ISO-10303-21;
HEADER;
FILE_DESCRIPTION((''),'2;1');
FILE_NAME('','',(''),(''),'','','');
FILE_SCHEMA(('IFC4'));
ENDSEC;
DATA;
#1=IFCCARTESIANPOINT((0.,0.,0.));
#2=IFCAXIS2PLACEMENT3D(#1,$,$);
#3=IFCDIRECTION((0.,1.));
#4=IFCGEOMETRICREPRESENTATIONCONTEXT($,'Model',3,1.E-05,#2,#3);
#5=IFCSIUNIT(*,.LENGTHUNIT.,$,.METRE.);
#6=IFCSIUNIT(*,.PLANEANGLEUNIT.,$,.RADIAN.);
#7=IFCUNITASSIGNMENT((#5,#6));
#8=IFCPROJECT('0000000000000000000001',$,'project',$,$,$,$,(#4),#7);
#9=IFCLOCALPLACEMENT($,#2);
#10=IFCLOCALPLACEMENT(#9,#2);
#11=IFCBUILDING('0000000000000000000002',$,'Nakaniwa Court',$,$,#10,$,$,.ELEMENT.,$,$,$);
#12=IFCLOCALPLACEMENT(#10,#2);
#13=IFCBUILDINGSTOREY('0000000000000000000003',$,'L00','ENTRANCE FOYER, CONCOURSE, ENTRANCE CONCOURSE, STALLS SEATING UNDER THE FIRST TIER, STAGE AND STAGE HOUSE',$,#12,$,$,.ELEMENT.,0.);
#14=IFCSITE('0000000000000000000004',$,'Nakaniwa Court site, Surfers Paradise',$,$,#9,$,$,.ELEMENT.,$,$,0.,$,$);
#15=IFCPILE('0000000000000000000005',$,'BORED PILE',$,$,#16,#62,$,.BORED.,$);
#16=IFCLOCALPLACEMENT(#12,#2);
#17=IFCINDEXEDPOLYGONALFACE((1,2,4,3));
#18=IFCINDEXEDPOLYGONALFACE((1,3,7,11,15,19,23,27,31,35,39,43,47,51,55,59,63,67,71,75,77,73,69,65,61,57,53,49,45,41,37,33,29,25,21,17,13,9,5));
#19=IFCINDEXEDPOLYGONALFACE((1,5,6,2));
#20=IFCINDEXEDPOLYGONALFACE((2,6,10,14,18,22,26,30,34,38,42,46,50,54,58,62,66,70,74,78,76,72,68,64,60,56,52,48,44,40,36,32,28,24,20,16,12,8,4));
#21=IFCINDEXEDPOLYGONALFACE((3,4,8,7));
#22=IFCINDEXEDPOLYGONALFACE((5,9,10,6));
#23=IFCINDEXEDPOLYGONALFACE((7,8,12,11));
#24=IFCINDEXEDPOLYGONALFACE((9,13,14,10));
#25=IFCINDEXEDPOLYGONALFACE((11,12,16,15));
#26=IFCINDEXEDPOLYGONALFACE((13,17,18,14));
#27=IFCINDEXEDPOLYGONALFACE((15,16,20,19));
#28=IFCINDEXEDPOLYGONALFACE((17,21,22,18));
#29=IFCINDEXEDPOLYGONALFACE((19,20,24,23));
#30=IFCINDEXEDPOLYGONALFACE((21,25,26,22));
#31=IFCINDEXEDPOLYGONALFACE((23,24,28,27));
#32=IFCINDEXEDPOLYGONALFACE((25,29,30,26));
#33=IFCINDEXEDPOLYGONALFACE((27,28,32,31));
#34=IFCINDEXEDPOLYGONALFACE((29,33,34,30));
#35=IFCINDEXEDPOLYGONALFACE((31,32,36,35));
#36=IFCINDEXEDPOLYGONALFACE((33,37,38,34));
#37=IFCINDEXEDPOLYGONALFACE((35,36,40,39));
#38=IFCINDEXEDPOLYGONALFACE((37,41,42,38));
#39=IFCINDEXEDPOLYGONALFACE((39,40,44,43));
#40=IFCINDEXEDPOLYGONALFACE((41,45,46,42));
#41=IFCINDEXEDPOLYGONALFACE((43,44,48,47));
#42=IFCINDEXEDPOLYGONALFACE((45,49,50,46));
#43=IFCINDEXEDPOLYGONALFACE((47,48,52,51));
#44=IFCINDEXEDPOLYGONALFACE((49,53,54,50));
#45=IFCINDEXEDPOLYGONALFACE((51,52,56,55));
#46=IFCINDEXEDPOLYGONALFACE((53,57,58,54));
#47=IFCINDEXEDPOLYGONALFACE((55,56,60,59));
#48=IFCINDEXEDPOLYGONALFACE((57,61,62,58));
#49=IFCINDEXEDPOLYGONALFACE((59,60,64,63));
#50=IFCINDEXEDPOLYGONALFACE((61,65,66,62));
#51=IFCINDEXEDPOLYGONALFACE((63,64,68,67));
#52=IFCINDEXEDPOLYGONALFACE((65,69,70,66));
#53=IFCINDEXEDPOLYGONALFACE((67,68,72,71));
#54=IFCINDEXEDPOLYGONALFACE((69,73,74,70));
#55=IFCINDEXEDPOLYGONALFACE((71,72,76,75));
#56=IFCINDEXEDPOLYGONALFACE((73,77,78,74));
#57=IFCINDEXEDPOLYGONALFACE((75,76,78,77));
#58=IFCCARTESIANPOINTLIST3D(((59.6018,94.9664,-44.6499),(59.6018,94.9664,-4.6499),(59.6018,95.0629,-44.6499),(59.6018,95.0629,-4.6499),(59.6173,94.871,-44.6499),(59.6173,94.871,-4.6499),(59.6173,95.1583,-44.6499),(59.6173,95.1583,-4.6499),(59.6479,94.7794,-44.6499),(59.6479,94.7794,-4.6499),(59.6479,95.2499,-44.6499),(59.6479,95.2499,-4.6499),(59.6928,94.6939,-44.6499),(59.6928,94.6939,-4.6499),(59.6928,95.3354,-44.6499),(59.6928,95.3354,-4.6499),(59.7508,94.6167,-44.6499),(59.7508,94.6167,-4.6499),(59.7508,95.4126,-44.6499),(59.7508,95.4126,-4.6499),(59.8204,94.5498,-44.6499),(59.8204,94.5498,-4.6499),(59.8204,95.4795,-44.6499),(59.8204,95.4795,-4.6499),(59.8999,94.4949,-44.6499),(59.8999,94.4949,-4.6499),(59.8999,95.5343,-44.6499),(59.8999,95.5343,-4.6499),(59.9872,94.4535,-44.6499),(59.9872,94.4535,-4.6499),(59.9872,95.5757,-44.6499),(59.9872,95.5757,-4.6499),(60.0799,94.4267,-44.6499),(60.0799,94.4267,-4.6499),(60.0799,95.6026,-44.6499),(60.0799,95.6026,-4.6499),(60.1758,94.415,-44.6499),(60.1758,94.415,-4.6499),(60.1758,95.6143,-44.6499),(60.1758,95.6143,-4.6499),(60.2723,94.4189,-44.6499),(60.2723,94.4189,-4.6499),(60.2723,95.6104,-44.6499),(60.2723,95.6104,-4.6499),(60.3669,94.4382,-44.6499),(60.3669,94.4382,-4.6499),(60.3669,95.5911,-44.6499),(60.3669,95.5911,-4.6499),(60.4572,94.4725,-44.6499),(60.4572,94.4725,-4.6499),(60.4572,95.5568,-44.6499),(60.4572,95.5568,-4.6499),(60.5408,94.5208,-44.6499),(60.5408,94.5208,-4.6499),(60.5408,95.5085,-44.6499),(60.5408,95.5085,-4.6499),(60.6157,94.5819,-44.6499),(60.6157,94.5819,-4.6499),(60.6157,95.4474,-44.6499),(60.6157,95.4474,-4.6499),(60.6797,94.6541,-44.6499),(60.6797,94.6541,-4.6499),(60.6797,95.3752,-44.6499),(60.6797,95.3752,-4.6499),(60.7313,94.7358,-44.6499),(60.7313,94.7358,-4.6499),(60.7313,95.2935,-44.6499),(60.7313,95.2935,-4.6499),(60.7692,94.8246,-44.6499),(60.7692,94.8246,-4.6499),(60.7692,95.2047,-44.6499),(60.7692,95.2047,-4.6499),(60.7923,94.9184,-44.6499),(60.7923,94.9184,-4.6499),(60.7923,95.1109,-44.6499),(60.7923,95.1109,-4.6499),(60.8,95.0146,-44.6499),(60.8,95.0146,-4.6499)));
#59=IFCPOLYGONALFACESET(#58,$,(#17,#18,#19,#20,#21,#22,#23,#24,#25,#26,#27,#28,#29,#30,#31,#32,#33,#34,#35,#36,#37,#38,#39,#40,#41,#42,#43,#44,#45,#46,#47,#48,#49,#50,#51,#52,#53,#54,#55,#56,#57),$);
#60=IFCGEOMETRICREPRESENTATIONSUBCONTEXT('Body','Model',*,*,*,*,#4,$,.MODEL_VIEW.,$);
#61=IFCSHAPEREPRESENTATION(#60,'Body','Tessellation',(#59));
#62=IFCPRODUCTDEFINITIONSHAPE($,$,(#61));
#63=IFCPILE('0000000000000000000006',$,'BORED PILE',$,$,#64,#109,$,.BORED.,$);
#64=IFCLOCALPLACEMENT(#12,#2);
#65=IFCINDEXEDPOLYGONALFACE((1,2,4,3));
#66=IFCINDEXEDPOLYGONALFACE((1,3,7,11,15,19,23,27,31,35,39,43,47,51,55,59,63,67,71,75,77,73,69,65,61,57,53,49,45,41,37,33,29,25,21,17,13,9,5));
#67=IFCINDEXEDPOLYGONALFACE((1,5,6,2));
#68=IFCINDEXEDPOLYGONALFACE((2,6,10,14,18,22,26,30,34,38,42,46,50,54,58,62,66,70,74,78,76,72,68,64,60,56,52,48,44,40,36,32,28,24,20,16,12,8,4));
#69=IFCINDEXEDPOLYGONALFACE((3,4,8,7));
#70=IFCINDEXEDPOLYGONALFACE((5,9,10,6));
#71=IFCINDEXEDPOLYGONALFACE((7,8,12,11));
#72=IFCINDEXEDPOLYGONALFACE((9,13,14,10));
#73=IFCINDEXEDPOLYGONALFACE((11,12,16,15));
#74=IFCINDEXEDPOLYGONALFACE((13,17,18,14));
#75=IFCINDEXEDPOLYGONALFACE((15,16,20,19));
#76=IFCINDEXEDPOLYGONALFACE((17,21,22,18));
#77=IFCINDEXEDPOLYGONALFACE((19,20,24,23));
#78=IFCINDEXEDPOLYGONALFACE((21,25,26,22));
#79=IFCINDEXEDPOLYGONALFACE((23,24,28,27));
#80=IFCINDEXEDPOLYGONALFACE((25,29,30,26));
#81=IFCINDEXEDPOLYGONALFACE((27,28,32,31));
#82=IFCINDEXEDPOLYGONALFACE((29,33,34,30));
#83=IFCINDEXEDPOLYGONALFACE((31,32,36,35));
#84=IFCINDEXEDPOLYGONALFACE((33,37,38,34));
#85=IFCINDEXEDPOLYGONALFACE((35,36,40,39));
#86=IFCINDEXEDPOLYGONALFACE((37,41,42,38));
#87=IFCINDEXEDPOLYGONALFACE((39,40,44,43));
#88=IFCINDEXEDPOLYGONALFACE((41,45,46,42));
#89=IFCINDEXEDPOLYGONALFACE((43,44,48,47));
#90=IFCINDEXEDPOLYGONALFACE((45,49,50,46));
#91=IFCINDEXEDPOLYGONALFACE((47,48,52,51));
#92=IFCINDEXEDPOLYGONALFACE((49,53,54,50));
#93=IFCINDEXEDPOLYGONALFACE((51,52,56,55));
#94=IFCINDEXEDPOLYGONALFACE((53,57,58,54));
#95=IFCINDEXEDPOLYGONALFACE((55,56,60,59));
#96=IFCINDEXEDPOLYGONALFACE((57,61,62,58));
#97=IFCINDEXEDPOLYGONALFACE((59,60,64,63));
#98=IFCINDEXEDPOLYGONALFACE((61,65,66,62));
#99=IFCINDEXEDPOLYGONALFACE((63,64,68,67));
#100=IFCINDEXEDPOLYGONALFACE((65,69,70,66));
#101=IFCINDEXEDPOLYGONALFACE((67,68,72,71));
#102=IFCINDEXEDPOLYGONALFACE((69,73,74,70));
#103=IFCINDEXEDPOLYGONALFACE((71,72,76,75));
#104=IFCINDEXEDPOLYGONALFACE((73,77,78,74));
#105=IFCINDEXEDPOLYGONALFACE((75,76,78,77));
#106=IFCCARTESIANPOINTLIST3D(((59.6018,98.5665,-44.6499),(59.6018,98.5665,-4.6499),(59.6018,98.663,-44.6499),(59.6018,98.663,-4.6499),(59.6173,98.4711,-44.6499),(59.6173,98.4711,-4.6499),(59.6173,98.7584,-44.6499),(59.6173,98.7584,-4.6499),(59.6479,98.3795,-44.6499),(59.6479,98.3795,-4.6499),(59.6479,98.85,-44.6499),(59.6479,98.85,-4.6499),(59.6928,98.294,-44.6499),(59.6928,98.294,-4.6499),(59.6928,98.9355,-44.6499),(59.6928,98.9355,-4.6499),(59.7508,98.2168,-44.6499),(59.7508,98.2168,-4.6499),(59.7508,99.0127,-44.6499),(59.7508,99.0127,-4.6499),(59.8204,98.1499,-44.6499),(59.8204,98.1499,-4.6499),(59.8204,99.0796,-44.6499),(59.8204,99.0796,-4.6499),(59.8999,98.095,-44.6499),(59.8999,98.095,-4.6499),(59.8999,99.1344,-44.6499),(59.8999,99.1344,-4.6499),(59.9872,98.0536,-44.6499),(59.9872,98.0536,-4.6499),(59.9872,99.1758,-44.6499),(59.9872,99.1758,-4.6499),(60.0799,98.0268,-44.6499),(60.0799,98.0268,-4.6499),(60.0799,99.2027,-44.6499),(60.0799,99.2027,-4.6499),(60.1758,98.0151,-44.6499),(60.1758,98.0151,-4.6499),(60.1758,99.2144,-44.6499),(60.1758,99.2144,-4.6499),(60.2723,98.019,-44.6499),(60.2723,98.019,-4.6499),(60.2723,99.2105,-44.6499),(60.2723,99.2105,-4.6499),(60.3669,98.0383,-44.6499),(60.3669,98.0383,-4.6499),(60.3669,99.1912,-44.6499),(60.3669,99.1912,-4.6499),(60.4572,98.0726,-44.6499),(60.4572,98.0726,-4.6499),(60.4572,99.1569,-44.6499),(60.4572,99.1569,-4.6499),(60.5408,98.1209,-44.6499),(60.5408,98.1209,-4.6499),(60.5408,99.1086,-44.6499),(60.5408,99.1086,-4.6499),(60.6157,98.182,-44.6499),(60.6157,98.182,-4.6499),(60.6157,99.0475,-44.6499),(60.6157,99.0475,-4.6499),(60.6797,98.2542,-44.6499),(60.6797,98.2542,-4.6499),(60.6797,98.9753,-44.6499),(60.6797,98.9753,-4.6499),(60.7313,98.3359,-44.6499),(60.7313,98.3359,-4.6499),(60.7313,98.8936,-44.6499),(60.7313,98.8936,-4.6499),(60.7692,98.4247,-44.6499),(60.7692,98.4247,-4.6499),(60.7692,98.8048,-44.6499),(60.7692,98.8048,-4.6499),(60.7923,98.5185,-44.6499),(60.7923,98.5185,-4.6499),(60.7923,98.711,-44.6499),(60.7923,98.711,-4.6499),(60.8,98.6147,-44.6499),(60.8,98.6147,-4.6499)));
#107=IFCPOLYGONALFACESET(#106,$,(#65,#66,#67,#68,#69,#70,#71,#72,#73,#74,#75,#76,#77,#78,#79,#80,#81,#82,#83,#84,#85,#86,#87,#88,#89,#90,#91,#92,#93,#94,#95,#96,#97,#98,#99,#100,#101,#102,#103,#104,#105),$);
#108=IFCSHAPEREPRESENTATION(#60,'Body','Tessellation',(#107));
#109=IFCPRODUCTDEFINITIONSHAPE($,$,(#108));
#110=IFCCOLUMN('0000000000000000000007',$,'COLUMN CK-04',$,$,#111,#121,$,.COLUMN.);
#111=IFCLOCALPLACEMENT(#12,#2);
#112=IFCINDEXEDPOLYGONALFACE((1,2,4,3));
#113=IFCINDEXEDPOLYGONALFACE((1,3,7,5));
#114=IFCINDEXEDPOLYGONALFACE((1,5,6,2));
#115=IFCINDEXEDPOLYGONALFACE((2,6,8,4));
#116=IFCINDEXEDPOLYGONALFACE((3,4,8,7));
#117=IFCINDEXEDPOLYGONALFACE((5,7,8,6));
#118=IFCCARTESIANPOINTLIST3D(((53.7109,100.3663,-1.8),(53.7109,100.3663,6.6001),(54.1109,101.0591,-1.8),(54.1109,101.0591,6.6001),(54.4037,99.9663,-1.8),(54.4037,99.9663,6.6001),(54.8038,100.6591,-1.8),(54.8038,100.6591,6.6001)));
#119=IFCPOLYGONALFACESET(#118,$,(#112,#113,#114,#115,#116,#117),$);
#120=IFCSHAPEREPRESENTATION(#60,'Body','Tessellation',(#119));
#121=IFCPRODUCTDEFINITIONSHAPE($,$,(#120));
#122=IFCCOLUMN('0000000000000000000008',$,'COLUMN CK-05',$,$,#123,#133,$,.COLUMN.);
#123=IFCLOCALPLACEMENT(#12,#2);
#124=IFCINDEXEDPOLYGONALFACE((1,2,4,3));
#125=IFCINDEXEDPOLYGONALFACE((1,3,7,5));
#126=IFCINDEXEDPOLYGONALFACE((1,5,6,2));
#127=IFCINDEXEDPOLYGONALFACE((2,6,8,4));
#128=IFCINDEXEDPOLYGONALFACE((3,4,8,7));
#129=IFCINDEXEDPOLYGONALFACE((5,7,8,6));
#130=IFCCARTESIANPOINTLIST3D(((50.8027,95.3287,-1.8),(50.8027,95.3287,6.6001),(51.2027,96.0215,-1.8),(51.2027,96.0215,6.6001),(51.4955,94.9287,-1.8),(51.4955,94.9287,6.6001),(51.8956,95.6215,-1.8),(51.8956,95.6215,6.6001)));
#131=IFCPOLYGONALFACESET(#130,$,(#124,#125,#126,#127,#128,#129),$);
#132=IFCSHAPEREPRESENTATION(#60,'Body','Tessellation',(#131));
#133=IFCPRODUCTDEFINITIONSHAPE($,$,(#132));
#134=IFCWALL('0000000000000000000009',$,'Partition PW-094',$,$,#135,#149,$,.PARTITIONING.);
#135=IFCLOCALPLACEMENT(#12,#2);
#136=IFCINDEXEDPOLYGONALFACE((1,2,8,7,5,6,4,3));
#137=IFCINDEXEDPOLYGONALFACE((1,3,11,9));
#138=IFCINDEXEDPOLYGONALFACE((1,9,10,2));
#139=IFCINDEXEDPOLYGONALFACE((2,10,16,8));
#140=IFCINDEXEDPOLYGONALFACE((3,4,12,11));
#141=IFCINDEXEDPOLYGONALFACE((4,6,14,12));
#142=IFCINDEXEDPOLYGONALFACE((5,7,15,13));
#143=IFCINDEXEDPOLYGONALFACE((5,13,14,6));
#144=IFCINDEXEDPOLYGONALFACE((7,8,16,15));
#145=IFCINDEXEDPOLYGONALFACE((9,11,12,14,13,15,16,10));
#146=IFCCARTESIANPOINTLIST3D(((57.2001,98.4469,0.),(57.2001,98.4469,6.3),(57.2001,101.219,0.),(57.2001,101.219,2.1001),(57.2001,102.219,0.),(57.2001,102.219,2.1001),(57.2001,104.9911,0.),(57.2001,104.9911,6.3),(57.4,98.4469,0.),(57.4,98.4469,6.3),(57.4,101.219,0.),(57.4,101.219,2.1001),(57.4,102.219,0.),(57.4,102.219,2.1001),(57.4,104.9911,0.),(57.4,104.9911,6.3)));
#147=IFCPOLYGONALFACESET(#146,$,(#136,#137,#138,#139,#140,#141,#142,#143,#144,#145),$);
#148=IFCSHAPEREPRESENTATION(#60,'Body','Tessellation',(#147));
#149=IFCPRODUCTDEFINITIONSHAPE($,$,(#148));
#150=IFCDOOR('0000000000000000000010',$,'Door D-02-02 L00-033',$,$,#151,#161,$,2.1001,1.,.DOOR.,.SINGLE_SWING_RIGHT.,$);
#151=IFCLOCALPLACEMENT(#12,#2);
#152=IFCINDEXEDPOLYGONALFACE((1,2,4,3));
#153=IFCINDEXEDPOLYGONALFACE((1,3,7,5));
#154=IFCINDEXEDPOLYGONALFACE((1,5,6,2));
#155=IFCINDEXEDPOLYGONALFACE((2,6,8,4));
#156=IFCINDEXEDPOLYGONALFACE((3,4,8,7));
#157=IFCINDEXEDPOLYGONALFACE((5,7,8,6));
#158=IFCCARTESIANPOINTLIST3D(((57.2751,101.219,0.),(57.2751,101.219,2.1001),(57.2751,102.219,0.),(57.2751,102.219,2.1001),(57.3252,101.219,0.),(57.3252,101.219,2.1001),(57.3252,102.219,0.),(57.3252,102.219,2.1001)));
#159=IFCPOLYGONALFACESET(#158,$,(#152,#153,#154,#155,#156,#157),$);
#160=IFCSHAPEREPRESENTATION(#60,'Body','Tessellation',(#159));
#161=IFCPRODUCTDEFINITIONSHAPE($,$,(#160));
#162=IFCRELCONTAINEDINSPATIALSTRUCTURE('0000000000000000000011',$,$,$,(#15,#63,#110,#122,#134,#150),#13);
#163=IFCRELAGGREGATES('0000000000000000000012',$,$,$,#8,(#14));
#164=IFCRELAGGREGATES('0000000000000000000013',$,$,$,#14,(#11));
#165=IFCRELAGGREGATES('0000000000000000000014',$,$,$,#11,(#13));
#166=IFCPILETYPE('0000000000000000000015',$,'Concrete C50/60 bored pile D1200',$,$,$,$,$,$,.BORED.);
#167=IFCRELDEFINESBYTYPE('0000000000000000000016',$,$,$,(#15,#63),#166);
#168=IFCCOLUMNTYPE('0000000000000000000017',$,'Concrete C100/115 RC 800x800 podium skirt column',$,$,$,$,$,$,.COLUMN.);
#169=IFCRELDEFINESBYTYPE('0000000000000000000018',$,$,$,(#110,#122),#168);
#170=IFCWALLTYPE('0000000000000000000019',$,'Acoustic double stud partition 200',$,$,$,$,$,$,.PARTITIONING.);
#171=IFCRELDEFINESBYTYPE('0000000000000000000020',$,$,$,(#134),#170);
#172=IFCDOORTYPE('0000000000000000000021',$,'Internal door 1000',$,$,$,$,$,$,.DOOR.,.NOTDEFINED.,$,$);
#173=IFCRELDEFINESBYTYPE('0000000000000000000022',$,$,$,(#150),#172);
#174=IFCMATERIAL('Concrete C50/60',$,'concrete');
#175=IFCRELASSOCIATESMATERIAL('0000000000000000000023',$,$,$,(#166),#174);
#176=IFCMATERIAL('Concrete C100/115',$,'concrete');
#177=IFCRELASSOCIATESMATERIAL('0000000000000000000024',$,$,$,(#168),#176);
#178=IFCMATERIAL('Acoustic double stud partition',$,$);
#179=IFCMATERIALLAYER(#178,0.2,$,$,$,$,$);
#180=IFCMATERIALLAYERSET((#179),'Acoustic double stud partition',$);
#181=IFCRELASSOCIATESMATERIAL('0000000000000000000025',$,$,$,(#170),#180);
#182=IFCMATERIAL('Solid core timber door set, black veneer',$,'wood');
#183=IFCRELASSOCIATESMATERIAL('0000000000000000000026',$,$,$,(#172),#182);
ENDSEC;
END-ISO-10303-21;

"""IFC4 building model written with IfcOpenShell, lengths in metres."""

from ifc_helpers import new_model, si_unit, direction, frame, frame_2d, origin, origin_2d, place, context, subcontext, project, spatial, rectangle, circle, extrude, material, layer, layer_set, material_profile, profile_set, type_object, element, fill, save


model = new_model("IFC4")

# Units and contexts
model_context = context("Model", 3, precision=1e-05, world=origin(), true_north=direction((0.0, 1.0)))
body_context = subcontext(model_context, "Body", "Model", "MODEL_VIEW")
ifc_project = project(units=[si_unit("LENGTHUNIT", "METRE"), si_unit("PLANEANGLEUNIT", "RADIAN")], contexts=[model_context])

# Site, building, storey
site_placement = place(None, origin())
site = spatial("IfcSite", under=ifc_project, at=site_placement, Name="Nakaniwa Court site, Surfers Paradise", CompositionType="ELEMENT", RefElevation=0.0)
building_placement = place(site_placement, origin())
building = spatial("IfcBuilding", under=site, at=building_placement, Name="Nakaniwa Court", CompositionType="ELEMENT")
storey_placement = place(building_placement, origin())
storey = spatial("IfcBuildingStorey", under=building, at=storey_placement, Name="L00", Description="ENTRANCE FOYER, CONCOURSE, ENTRANCE CONCOURSE, STALLS SEATING UNDER THE FIRST TIER, STAGE AND STAGE HOUSE", CompositionType="ELEMENT", Elevation=0.0)

# Piles
ifc_material_1 = material(Name="Concrete C50/60", Category="concrete")
ifc_material_profile_1 = material_profile(ifc_material_1, circle(Radius=0.6001, at=origin_2d()), Name="Concrete C50/60 bored pile D1200")
ifc_profile_set_1 = profile_set([ifc_material_profile_1], Name="Concrete C50/60")
pile_type = type_object("IfcPileType", Name="Concrete C50/60 bored pile D1200", PredefinedType="BORED", material=ifc_profile_set_1)
for number, where, z_axis, x_axis, name in (
    (1, (60.2, 95.0146, -4.6499), (0.0, 0.0, -1.0), (1.0, 0.0, 0.0), "BORED PILE"),
    (2, (60.2, 98.6147, -4.6499), (0.0, 0.0, -1.0), (1.0, 0.0, 0.0), "BORED PILE"),
):
    element("IfcPile", number, at=place(storey_placement, frame(where, z_axis=z_axis, x_axis=x_axis)), inside=storey, type_object=pile_type, Name=name, PredefinedType="BORED", context=body_context, shape_type="SweptSolid", body=[
        extrude(circle(Radius=0.6001, at=origin_2d()), origin(), (0.0, 0.0, 1.0), 40.0),
    ])

# Columns
ifc_material_2 = material(Name="Concrete C100/115", Category="concrete")
ifc_material_profile_2 = material_profile(ifc_material_2, rectangle(XDim=0.8, YDim=0.8, at=origin_2d()), Name="Concrete C100/115 RC 800x800 podium skirt column")
ifc_profile_set_2 = profile_set([ifc_material_profile_2], Name="Concrete C100/115")
column_type = type_object("IfcColumnType", Name="Concrete C100/115 RC 800x800 podium skirt column", PredefinedType="COLUMN", material=ifc_profile_set_2)
for number, where, z_axis, x_axis, name in (
    (3, (54.2573, 100.5127, -1.8), (0.0, 0.0, 1.0), (-0.5, -0.866025, 0.0), "COLUMN CK-04"),
    (4, (51.3491, 95.4751, -1.8), (0.0, 0.0, 1.0), (-0.5, -0.866025, 0.0), "COLUMN CK-05"),
):
    element("IfcColumn", number, at=place(storey_placement, frame(where, z_axis=z_axis, x_axis=x_axis)), inside=storey, type_object=column_type, Name=name, PredefinedType="COLUMN", context=body_context, shape_type="SweptSolid", body=[
        extrude(rectangle(XDim=0.8, YDim=0.8, at=origin_2d()), origin(), (0.0, 0.0, 1.0), 8.4001),
    ])

# Wall, opening, door
ifc_material_3 = material(Name="Acoustic double stud partition")
ifc_layer_1 = layer(ifc_material_3, 0.2)
ifc_layer_set_1 = layer_set([ifc_layer_1], Name="Acoustic double stud partition")
wall_type_1 = type_object("IfcWallType", Name="Acoustic double stud partition 200", PredefinedType="PARTITIONING", material=ifc_layer_set_1)
wall_1_placement = place(storey_placement, frame((57.3, 98.447, 0.0), z_axis=(0.0, 0.0, 1.0), x_axis=(0.0, 1.0, 0.0)))
wall_1 = element("IfcWall", 5, at=wall_1_placement, inside=storey, type_object=wall_type_1, Name="Partition PW-094", PredefinedType="PARTITIONING", context=body_context, shape_type="SweptSolid", body=[
    extrude(rectangle(XDim=6.5442, YDim=0.2, at=frame_2d((3.272, 0.0))), origin(), (0.0, 0.0, 1.0), 6.3),
])
opening_1_placement = place(wall_1_placement, frame((2.772, 0.0, 0.0)))
opening_1 = element("IfcOpeningElement", 6, at=opening_1_placement, cuts=wall_1, PredefinedType="OPENING", context=body_context, shape_type="SweptSolid", body=[
    extrude(rectangle(XDim=1.0, YDim=2.1001, at=frame_2d((0.5, 1.05))), frame((0.0, 0.1099, 0.0), z_axis=(0.0, -1.0, 0.0), x_axis=(1.0, 0.0, 0.0)), (0.0, 0.0, 1.0), 0.22),
])
ifc_material_4 = material(Name="Solid core timber door set, black veneer", Category="wood")
door_type_1 = type_object("IfcDoorType", Name="Internal door 1000", OperationType="NOTDEFINED", PredefinedType="DOOR", material=ifc_material_4)
door_1_placement = place(opening_1_placement, origin())
door_1 = element("IfcDoor", 7, at=door_1_placement, inside=storey, type_object=door_type_1, Name="Door D-02-02 L00-033", OperationType="SINGLE_SWING_RIGHT", OverallHeight=2.1001, OverallWidth=1.0, PredefinedType="DOOR", context=body_context, shape_type="SweptSolid", body=[
    extrude(rectangle(XDim=1.0, YDim=2.1001, at=frame_2d((0.5, 1.05))), frame((0.0, 0.0249, 0.0), z_axis=(0.0, -1.0, 0.0), x_axis=(1.0, 0.0, 0.0)), (0.0, 0.0, 1.0), 0.05),
])
fill(opening_1, door_1)

save(model, "model.ifc")
